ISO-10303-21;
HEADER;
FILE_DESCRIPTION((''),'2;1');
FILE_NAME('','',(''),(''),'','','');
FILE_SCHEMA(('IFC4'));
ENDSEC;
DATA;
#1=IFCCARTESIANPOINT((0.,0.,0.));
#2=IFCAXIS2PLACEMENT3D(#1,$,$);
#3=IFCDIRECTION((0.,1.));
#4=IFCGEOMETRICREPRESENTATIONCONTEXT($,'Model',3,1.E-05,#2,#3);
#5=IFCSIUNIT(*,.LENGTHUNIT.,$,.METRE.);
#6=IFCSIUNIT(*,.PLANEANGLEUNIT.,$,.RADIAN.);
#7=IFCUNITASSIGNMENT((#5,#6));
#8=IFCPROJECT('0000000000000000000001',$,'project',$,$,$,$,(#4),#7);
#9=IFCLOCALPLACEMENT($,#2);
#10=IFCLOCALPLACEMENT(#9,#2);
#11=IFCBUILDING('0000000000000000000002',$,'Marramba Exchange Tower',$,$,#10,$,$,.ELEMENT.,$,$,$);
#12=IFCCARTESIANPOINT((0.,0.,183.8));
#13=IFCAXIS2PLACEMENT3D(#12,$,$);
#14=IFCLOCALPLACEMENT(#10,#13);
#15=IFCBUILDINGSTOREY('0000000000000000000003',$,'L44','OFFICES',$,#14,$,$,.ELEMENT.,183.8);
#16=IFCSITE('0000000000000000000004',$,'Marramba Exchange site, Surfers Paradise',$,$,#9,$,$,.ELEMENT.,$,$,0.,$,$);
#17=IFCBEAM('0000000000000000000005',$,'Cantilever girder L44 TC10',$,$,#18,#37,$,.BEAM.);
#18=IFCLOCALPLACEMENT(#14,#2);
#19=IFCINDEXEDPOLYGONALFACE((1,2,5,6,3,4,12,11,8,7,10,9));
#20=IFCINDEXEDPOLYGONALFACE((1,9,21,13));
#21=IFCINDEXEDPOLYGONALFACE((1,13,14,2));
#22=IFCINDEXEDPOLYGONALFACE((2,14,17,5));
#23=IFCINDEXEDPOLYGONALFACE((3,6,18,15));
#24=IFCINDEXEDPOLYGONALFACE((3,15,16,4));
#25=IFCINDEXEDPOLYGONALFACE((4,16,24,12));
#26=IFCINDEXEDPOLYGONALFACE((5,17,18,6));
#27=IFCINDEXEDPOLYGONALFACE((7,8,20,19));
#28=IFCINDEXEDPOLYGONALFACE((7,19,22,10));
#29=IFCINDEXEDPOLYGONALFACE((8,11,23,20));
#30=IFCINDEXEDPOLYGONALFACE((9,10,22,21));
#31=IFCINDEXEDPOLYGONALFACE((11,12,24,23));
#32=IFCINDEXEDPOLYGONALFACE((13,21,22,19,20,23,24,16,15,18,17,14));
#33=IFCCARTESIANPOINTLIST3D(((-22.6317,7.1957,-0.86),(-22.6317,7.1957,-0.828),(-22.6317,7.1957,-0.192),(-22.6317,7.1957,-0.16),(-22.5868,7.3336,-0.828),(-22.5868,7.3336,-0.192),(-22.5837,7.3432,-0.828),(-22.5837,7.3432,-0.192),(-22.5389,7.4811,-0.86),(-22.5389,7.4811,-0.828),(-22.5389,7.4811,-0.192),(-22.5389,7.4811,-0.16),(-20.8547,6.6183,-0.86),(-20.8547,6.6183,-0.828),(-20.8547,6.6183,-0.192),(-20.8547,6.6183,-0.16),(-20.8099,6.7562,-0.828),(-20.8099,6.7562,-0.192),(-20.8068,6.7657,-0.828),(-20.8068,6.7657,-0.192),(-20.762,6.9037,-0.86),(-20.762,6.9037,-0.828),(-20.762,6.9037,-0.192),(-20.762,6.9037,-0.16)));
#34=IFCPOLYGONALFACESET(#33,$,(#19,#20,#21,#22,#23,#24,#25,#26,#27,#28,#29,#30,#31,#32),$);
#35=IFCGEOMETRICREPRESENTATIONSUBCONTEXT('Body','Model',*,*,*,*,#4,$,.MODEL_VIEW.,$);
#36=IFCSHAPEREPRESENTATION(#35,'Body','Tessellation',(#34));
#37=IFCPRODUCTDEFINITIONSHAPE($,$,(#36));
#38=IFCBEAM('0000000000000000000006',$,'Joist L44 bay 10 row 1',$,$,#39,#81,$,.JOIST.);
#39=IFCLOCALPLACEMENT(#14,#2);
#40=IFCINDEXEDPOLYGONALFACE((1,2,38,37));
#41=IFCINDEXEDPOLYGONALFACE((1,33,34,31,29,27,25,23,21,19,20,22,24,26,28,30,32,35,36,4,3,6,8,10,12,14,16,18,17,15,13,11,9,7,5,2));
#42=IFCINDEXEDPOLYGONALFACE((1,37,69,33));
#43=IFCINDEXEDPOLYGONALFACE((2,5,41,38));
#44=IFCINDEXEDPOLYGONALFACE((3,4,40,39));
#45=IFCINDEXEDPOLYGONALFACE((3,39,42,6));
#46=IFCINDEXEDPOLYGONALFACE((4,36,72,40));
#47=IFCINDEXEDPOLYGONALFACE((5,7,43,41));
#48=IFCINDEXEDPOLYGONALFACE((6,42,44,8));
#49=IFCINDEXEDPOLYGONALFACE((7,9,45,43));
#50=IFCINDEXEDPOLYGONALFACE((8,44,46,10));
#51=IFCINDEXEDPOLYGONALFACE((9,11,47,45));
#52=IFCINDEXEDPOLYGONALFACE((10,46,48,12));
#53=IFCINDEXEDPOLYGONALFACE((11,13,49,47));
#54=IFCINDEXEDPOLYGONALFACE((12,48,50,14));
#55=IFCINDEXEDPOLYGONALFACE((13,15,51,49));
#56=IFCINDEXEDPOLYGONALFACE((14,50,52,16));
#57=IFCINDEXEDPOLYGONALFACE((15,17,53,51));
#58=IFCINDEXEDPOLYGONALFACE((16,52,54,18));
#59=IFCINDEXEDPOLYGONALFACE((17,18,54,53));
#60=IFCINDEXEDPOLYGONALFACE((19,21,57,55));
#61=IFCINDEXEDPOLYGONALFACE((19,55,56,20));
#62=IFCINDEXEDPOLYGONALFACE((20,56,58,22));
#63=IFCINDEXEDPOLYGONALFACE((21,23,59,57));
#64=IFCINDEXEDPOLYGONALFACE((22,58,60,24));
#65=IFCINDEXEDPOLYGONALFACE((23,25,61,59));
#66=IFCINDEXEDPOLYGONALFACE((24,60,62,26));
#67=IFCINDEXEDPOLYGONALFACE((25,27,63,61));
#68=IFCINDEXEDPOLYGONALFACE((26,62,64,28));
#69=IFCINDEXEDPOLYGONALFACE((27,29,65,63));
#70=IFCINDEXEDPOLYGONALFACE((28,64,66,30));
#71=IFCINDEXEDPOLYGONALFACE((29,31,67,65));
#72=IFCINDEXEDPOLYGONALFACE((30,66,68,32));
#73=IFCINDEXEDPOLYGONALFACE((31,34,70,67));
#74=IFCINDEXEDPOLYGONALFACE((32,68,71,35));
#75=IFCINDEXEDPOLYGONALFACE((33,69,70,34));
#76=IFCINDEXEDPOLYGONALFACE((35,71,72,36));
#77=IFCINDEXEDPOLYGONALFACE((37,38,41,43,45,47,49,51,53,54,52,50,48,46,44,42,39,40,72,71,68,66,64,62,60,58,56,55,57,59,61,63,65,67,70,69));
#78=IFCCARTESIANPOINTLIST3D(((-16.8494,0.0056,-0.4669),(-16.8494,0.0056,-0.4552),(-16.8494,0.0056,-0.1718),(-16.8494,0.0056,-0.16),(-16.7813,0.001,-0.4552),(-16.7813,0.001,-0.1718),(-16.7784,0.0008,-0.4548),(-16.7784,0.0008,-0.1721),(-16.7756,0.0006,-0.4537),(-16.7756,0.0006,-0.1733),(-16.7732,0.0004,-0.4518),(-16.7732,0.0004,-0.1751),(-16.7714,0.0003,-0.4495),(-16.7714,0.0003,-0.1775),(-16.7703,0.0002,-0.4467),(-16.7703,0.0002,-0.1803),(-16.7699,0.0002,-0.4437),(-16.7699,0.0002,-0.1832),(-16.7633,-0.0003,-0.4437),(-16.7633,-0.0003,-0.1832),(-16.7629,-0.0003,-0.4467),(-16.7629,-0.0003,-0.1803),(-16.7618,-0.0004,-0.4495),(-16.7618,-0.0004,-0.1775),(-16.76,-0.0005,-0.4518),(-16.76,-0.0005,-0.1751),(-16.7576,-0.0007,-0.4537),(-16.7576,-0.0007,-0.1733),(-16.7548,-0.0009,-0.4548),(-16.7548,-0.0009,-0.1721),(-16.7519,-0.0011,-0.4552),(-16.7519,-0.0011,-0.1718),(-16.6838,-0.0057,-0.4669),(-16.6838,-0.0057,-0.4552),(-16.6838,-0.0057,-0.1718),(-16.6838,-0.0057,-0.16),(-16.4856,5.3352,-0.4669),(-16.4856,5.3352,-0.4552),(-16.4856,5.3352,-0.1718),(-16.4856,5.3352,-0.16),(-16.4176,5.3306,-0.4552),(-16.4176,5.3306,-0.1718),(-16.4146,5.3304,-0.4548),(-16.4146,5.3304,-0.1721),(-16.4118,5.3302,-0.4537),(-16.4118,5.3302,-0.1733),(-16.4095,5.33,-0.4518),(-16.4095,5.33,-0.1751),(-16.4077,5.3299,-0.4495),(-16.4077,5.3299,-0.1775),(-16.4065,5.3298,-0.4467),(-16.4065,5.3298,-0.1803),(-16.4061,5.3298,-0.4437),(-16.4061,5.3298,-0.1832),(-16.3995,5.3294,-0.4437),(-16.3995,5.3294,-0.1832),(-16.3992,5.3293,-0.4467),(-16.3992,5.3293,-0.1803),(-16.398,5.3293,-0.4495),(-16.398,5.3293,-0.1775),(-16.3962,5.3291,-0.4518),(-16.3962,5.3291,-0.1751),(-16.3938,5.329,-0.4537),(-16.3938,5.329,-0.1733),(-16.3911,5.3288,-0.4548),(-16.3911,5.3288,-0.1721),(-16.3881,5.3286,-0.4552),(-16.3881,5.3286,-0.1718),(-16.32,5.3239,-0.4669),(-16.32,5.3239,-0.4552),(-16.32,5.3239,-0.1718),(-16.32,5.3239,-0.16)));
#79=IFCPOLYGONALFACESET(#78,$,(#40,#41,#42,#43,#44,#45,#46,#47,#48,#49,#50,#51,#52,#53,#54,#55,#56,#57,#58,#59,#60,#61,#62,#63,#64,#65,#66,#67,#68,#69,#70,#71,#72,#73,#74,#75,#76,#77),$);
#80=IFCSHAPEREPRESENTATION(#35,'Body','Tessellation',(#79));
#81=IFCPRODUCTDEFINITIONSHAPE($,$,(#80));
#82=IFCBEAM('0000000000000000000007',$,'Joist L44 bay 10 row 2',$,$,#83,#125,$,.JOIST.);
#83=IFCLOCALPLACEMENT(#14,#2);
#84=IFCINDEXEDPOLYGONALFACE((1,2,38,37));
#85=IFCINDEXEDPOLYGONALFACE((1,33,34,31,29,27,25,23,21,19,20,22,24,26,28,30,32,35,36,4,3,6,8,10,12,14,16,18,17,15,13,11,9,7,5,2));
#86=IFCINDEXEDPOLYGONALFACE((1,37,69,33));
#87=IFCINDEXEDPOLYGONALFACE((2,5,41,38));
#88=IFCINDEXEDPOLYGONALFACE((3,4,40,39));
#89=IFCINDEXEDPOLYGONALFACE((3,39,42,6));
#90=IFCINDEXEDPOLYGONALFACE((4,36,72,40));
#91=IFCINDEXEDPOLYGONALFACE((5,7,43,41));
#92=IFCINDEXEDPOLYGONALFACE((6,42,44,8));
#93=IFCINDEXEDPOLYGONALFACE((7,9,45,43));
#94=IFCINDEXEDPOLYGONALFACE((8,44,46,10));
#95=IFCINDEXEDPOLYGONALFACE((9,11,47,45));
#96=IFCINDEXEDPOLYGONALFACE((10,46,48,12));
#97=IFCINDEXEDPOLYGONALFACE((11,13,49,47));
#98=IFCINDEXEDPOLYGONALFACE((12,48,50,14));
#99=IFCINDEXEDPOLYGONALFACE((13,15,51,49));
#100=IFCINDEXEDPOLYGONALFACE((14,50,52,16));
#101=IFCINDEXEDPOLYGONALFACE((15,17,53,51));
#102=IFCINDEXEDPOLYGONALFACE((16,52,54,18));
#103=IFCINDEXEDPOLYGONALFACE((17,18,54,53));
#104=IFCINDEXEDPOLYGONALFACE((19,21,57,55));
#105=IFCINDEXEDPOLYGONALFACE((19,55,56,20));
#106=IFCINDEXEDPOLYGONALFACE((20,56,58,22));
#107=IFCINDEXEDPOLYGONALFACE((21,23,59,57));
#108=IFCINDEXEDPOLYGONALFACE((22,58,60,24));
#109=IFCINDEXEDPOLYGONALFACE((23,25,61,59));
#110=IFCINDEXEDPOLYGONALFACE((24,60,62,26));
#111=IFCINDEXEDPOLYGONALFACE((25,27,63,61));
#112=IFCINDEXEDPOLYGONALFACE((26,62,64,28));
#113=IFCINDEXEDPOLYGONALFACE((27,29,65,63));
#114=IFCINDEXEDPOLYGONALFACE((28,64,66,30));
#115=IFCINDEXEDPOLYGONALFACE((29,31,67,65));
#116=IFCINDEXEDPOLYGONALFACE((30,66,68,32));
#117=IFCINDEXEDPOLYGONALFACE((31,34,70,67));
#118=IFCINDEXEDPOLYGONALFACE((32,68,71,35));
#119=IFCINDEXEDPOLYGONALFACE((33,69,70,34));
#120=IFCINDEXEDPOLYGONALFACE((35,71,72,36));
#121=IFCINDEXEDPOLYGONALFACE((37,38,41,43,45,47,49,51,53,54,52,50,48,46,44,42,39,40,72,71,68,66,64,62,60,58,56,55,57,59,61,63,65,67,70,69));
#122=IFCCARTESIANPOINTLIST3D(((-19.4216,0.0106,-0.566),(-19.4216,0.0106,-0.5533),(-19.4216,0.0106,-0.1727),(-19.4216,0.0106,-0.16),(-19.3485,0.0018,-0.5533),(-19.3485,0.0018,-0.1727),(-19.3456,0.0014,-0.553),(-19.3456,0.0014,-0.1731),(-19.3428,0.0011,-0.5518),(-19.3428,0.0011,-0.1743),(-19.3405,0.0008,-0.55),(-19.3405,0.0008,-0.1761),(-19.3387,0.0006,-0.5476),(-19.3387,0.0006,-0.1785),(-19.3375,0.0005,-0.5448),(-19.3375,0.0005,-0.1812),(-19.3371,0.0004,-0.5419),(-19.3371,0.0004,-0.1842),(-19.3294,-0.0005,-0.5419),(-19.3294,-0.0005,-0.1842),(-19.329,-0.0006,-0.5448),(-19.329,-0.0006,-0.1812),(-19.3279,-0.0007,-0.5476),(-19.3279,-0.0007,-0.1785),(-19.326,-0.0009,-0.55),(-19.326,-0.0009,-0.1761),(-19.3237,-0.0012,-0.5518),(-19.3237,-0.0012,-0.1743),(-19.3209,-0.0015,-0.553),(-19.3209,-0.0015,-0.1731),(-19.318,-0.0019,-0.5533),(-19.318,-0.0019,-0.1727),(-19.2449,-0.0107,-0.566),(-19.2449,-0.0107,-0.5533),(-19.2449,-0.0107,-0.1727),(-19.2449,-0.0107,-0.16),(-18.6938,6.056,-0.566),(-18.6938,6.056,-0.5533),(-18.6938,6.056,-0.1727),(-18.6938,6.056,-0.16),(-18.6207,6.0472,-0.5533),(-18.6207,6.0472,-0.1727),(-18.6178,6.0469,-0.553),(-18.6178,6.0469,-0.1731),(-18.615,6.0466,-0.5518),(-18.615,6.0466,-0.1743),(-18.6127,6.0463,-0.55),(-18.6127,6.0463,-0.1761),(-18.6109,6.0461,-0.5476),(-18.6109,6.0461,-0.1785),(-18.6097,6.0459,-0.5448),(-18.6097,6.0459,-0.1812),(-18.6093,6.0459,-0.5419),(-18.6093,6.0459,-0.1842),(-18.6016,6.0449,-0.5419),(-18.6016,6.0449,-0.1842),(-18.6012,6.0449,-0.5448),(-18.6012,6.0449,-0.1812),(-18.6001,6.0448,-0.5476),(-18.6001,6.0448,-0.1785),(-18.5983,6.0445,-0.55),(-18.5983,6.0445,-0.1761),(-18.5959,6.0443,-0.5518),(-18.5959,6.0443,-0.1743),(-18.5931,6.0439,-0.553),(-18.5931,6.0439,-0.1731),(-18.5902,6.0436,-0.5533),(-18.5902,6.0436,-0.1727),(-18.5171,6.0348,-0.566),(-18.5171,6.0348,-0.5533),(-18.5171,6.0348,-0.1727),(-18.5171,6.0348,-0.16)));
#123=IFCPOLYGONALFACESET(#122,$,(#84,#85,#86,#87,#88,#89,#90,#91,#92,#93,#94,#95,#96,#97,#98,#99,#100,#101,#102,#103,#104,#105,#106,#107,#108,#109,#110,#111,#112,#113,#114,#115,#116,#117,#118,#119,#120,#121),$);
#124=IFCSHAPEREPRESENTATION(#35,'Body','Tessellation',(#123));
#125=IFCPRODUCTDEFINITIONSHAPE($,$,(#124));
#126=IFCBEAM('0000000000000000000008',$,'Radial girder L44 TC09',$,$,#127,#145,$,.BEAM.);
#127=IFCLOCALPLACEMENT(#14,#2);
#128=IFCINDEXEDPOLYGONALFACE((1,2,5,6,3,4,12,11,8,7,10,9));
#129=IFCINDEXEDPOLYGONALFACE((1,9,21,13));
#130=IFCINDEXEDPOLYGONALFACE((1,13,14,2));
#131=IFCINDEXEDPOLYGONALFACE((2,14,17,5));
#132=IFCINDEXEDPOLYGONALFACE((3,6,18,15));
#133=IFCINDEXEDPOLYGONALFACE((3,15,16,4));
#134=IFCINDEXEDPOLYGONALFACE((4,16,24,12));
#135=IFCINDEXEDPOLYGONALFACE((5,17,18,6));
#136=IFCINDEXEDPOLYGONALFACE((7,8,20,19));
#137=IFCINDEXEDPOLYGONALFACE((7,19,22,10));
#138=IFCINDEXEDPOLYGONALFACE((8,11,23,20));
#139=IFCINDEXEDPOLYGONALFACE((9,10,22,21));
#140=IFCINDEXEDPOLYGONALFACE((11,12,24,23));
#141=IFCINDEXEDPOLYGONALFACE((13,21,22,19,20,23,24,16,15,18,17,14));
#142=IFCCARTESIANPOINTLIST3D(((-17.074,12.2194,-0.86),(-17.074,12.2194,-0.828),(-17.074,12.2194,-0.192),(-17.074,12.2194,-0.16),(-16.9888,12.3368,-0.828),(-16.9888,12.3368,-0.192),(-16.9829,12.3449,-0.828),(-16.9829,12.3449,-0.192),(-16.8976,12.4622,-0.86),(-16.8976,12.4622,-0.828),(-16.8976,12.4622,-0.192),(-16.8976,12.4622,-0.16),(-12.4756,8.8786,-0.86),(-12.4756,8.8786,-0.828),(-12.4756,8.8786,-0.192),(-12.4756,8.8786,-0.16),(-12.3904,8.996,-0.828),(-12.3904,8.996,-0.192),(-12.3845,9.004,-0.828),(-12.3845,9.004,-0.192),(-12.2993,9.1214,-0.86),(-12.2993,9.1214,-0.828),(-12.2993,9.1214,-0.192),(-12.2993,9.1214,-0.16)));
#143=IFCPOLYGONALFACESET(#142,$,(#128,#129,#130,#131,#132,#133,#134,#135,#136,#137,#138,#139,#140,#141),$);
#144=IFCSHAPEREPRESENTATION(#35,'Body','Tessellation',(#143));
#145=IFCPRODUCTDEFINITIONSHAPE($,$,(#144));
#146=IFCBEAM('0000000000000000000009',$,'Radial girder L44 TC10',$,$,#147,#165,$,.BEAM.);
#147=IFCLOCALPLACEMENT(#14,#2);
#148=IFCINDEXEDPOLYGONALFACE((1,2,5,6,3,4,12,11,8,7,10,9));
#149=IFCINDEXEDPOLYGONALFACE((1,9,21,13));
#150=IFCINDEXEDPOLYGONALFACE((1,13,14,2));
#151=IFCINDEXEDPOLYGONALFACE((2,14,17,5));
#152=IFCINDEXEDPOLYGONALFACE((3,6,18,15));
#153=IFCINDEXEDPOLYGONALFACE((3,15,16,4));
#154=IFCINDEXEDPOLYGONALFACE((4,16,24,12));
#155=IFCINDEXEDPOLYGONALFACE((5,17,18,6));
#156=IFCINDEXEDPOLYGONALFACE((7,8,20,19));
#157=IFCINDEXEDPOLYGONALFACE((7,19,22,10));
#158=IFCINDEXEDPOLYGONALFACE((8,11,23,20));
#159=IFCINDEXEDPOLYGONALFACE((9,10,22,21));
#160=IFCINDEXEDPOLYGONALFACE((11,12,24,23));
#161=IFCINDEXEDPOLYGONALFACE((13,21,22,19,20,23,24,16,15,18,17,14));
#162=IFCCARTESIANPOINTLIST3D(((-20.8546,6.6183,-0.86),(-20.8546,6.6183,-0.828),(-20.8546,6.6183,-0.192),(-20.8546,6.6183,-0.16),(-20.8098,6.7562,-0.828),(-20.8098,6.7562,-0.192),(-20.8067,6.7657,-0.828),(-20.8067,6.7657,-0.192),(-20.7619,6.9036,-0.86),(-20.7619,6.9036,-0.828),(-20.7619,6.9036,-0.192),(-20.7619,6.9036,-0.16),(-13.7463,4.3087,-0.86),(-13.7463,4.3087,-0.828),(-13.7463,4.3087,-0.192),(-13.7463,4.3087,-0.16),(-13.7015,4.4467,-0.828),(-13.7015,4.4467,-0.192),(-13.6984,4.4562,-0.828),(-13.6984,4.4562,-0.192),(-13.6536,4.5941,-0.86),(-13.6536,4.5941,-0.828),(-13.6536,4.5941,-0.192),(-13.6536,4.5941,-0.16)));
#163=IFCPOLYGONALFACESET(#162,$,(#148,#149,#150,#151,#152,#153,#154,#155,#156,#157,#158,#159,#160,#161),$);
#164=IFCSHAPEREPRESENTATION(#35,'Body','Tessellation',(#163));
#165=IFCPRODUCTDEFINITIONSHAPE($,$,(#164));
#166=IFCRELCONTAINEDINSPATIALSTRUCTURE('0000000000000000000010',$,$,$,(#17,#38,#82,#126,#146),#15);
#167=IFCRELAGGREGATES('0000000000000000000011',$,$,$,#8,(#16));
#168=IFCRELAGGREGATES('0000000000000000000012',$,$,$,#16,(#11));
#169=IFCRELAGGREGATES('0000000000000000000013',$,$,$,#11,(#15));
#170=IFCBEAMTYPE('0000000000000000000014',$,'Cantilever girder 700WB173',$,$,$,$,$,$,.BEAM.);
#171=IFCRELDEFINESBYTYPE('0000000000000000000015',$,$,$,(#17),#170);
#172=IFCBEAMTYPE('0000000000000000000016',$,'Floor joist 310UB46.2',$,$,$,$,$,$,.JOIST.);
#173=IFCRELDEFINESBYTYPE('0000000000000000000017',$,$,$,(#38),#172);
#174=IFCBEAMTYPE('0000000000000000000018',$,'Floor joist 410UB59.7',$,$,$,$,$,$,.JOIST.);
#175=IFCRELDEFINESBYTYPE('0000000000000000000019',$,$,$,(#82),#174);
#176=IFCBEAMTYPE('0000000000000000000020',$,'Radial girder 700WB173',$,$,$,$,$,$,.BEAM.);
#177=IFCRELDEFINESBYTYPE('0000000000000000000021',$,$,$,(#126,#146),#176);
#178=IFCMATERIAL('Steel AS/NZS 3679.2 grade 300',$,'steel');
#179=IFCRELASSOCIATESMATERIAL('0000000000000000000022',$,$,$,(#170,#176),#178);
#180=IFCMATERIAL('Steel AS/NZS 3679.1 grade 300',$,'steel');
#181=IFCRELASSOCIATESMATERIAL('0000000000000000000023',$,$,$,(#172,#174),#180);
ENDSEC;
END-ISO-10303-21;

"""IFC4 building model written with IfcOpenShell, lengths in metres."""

from ifc_helpers import new_model, si_unit, direction, frame, origin, origin_2d, place, context, subcontext, project, spatial, i_section, extrude, material, material_profile, profile_set, type_object, element, save


model = new_model("IFC4")

# Units and contexts
model_context = context("Model", 3, precision=1e-05, world=origin(), true_north=direction((0.0, 1.0)))
body_context = subcontext(model_context, "Body", "Model", "MODEL_VIEW")
ifc_project = project(units=[si_unit("LENGTHUNIT", "METRE"), si_unit("PLANEANGLEUNIT", "RADIAN")], contexts=[model_context])

# Site, building, storey
site_placement = place(None, origin())
site = spatial("IfcSite", under=ifc_project, at=site_placement, Name="Marramba Exchange site, Surfers Paradise", CompositionType="ELEMENT", RefElevation=0.0)
building_placement = place(site_placement, origin())
building = spatial("IfcBuilding", under=site, at=building_placement, Name="Marramba Exchange Tower", CompositionType="ELEMENT")
storey_placement = place(building_placement, frame((0.0, 0.0, 183.8)))
storey = spatial("IfcBuildingStorey", under=building, at=storey_placement, Name="L44", Description="OFFICES", CompositionType="ELEMENT", Elevation=183.8)

# Beams
ifc_material_1 = material(Name="Steel AS/NZS 3679.2 grade 300", Category="steel")
ifc_material_profile_1 = material_profile(ifc_material_1, i_section(OverallWidth=0.3, OverallDepth=0.7, WebThickness=0.01, FlangeThickness=0.032, at=origin_2d()), Name="700WB173")
ifc_profile_set_1 = profile_set([ifc_material_profile_1], Name="Steel AS/NZS 3679.2 grade 300")
beam_type_1 = type_object("IfcBeamType", Name="Cantilever girder 700WB173", PredefinedType="BEAM", material=ifc_profile_set_1)
beam_1_placement = place(storey_placement, frame((-20.8083, 6.761, -0.51), z_axis=(-0.951048, 0.309045, 0.0), x_axis=(-0.309045, -0.951048, 0.0)))
element("IfcBeam", 1, at=beam_1_placement, inside=storey, type_object=beam_type_1, Name="Cantilever girder L44 TC10", PredefinedType="BEAM", context=body_context, shape_type="SweptSolid", body=[
    extrude(i_section(OverallWidth=0.3, OverallDepth=0.7, WebThickness=0.01, FlangeThickness=0.032, at=origin_2d()), origin(), (0.0, 0.0, 1.0), 1.8684),
])
ifc_material_2 = material(Name="Steel AS/NZS 3679.1 grade 300", Category="steel")
ifc_material_profile_2 = material_profile(ifc_material_2, i_section(OverallWidth=0.166, OverallDepth=0.3069, WebThickness=0.0066, FlangeThickness=0.0117, FilletRadius=0.0115, at=origin_2d()), Name="310UB46.2")
ifc_profile_set_2 = profile_set([ifc_material_profile_2], Name="Steel AS/NZS 3679.1 grade 300")
beam_type_2 = type_object("IfcBeamType", Name="Floor joist 310UB46.2", PredefinedType="JOIST", material=ifc_profile_set_2)
beam_2_placement = place(storey_placement, frame((-16.4028, 5.3296, -0.3135), z_axis=(-0.068096, -0.997679, 0.0), x_axis=(0.997679, -0.068096, 0.0)))
element("IfcBeam", 2, at=beam_2_placement, inside=storey, type_object=beam_type_2, Name="Joist L44 bay 10 row 1", PredefinedType="JOIST", context=body_context, shape_type="SweptSolid", body=[
    extrude(i_section(OverallWidth=0.166, OverallDepth=0.3069, WebThickness=0.0066, FlangeThickness=0.0117, FilletRadius=0.0115, at=origin_2d()), origin(), (0.0, 0.0, 1.0), 5.342),
])
ifc_material_profile_3 = material_profile(ifc_material_2, i_section(OverallWidth=0.178, OverallDepth=0.406, WebThickness=0.0078, FlangeThickness=0.0127, FilletRadius=0.0115, at=origin_2d()), Name="410UB59.7")
ifc_profile_set_3 = profile_set([ifc_material_profile_3], Name="Steel AS/NZS 3679.1 grade 300")
beam_type_3 = type_object("IfcBeamType", Name="Floor joist 410UB59.7", PredefinedType="JOIST", material=ifc_profile_set_3)
beam_3_placement = place(storey_placement, frame((-18.6055, 6.0454, -0.363), z_axis=(-0.119523, -0.992831, 0.0), x_axis=(0.992831, -0.119523, 0.0)))
element("IfcBeam", 3, at=beam_3_placement, inside=storey, type_object=beam_type_3, Name="Joist L44 bay 10 row 2", PredefinedType="JOIST", context=body_context, shape_type="SweptSolid", body=[
    extrude(i_section(OverallWidth=0.178, OverallDepth=0.406, WebThickness=0.0078, FlangeThickness=0.0127, FilletRadius=0.0115, at=origin_2d()), origin(), (0.0, 0.0, 1.0), 6.0891),
])
ifc_material_profile_4 = material_profile(ifc_material_1, i_section(OverallWidth=0.3, OverallDepth=0.7, WebThickness=0.01, FlangeThickness=0.032, at=origin_2d()), Name="700WB173")
ifc_profile_set_4 = profile_set([ifc_material_profile_4], Name="Steel AS/NZS 3679.2 grade 300")
beam_type_4 = type_object("IfcBeamType", Name="Radial girder 700WB173", PredefinedType="BEAM", material=ifc_profile_set_4)
beam_4_placement = place(storey_placement, frame((-12.3875, 9.0, -0.51), z_axis=(-0.809026, 0.587773, 0.0), x_axis=(-0.587773, -0.809026, 0.0)))
element("IfcBeam", 4, at=beam_4_placement, inside=storey, type_object=beam_type_4, Name="Radial girder L44 TC09", PredefinedType="BEAM", context=body_context, shape_type="SweptSolid", body=[
    extrude(i_section(OverallWidth=0.3, OverallDepth=0.7, WebThickness=0.01, FlangeThickness=0.032, at=origin_2d()), origin(), (0.0, 0.0, 1.0), 5.6838),
])
beam_5_placement = place(storey_placement, frame((-13.7, 4.4514, -0.51), z_axis=(-0.95106, 0.309006, 0.0), x_axis=(-0.309006, -0.95106, 0.0)))
element("IfcBeam", 5, at=beam_5_placement, inside=storey, type_object=beam_type_4, Name="Radial girder L44 TC10", PredefinedType="BEAM", context=body_context, shape_type="SweptSolid", body=[
    extrude(i_section(OverallWidth=0.3, OverallDepth=0.7, WebThickness=0.01, FlangeThickness=0.032, at=origin_2d()), origin(), (0.0, 0.0, 1.0), 7.4741),
])

save(model, "model.ifc")
